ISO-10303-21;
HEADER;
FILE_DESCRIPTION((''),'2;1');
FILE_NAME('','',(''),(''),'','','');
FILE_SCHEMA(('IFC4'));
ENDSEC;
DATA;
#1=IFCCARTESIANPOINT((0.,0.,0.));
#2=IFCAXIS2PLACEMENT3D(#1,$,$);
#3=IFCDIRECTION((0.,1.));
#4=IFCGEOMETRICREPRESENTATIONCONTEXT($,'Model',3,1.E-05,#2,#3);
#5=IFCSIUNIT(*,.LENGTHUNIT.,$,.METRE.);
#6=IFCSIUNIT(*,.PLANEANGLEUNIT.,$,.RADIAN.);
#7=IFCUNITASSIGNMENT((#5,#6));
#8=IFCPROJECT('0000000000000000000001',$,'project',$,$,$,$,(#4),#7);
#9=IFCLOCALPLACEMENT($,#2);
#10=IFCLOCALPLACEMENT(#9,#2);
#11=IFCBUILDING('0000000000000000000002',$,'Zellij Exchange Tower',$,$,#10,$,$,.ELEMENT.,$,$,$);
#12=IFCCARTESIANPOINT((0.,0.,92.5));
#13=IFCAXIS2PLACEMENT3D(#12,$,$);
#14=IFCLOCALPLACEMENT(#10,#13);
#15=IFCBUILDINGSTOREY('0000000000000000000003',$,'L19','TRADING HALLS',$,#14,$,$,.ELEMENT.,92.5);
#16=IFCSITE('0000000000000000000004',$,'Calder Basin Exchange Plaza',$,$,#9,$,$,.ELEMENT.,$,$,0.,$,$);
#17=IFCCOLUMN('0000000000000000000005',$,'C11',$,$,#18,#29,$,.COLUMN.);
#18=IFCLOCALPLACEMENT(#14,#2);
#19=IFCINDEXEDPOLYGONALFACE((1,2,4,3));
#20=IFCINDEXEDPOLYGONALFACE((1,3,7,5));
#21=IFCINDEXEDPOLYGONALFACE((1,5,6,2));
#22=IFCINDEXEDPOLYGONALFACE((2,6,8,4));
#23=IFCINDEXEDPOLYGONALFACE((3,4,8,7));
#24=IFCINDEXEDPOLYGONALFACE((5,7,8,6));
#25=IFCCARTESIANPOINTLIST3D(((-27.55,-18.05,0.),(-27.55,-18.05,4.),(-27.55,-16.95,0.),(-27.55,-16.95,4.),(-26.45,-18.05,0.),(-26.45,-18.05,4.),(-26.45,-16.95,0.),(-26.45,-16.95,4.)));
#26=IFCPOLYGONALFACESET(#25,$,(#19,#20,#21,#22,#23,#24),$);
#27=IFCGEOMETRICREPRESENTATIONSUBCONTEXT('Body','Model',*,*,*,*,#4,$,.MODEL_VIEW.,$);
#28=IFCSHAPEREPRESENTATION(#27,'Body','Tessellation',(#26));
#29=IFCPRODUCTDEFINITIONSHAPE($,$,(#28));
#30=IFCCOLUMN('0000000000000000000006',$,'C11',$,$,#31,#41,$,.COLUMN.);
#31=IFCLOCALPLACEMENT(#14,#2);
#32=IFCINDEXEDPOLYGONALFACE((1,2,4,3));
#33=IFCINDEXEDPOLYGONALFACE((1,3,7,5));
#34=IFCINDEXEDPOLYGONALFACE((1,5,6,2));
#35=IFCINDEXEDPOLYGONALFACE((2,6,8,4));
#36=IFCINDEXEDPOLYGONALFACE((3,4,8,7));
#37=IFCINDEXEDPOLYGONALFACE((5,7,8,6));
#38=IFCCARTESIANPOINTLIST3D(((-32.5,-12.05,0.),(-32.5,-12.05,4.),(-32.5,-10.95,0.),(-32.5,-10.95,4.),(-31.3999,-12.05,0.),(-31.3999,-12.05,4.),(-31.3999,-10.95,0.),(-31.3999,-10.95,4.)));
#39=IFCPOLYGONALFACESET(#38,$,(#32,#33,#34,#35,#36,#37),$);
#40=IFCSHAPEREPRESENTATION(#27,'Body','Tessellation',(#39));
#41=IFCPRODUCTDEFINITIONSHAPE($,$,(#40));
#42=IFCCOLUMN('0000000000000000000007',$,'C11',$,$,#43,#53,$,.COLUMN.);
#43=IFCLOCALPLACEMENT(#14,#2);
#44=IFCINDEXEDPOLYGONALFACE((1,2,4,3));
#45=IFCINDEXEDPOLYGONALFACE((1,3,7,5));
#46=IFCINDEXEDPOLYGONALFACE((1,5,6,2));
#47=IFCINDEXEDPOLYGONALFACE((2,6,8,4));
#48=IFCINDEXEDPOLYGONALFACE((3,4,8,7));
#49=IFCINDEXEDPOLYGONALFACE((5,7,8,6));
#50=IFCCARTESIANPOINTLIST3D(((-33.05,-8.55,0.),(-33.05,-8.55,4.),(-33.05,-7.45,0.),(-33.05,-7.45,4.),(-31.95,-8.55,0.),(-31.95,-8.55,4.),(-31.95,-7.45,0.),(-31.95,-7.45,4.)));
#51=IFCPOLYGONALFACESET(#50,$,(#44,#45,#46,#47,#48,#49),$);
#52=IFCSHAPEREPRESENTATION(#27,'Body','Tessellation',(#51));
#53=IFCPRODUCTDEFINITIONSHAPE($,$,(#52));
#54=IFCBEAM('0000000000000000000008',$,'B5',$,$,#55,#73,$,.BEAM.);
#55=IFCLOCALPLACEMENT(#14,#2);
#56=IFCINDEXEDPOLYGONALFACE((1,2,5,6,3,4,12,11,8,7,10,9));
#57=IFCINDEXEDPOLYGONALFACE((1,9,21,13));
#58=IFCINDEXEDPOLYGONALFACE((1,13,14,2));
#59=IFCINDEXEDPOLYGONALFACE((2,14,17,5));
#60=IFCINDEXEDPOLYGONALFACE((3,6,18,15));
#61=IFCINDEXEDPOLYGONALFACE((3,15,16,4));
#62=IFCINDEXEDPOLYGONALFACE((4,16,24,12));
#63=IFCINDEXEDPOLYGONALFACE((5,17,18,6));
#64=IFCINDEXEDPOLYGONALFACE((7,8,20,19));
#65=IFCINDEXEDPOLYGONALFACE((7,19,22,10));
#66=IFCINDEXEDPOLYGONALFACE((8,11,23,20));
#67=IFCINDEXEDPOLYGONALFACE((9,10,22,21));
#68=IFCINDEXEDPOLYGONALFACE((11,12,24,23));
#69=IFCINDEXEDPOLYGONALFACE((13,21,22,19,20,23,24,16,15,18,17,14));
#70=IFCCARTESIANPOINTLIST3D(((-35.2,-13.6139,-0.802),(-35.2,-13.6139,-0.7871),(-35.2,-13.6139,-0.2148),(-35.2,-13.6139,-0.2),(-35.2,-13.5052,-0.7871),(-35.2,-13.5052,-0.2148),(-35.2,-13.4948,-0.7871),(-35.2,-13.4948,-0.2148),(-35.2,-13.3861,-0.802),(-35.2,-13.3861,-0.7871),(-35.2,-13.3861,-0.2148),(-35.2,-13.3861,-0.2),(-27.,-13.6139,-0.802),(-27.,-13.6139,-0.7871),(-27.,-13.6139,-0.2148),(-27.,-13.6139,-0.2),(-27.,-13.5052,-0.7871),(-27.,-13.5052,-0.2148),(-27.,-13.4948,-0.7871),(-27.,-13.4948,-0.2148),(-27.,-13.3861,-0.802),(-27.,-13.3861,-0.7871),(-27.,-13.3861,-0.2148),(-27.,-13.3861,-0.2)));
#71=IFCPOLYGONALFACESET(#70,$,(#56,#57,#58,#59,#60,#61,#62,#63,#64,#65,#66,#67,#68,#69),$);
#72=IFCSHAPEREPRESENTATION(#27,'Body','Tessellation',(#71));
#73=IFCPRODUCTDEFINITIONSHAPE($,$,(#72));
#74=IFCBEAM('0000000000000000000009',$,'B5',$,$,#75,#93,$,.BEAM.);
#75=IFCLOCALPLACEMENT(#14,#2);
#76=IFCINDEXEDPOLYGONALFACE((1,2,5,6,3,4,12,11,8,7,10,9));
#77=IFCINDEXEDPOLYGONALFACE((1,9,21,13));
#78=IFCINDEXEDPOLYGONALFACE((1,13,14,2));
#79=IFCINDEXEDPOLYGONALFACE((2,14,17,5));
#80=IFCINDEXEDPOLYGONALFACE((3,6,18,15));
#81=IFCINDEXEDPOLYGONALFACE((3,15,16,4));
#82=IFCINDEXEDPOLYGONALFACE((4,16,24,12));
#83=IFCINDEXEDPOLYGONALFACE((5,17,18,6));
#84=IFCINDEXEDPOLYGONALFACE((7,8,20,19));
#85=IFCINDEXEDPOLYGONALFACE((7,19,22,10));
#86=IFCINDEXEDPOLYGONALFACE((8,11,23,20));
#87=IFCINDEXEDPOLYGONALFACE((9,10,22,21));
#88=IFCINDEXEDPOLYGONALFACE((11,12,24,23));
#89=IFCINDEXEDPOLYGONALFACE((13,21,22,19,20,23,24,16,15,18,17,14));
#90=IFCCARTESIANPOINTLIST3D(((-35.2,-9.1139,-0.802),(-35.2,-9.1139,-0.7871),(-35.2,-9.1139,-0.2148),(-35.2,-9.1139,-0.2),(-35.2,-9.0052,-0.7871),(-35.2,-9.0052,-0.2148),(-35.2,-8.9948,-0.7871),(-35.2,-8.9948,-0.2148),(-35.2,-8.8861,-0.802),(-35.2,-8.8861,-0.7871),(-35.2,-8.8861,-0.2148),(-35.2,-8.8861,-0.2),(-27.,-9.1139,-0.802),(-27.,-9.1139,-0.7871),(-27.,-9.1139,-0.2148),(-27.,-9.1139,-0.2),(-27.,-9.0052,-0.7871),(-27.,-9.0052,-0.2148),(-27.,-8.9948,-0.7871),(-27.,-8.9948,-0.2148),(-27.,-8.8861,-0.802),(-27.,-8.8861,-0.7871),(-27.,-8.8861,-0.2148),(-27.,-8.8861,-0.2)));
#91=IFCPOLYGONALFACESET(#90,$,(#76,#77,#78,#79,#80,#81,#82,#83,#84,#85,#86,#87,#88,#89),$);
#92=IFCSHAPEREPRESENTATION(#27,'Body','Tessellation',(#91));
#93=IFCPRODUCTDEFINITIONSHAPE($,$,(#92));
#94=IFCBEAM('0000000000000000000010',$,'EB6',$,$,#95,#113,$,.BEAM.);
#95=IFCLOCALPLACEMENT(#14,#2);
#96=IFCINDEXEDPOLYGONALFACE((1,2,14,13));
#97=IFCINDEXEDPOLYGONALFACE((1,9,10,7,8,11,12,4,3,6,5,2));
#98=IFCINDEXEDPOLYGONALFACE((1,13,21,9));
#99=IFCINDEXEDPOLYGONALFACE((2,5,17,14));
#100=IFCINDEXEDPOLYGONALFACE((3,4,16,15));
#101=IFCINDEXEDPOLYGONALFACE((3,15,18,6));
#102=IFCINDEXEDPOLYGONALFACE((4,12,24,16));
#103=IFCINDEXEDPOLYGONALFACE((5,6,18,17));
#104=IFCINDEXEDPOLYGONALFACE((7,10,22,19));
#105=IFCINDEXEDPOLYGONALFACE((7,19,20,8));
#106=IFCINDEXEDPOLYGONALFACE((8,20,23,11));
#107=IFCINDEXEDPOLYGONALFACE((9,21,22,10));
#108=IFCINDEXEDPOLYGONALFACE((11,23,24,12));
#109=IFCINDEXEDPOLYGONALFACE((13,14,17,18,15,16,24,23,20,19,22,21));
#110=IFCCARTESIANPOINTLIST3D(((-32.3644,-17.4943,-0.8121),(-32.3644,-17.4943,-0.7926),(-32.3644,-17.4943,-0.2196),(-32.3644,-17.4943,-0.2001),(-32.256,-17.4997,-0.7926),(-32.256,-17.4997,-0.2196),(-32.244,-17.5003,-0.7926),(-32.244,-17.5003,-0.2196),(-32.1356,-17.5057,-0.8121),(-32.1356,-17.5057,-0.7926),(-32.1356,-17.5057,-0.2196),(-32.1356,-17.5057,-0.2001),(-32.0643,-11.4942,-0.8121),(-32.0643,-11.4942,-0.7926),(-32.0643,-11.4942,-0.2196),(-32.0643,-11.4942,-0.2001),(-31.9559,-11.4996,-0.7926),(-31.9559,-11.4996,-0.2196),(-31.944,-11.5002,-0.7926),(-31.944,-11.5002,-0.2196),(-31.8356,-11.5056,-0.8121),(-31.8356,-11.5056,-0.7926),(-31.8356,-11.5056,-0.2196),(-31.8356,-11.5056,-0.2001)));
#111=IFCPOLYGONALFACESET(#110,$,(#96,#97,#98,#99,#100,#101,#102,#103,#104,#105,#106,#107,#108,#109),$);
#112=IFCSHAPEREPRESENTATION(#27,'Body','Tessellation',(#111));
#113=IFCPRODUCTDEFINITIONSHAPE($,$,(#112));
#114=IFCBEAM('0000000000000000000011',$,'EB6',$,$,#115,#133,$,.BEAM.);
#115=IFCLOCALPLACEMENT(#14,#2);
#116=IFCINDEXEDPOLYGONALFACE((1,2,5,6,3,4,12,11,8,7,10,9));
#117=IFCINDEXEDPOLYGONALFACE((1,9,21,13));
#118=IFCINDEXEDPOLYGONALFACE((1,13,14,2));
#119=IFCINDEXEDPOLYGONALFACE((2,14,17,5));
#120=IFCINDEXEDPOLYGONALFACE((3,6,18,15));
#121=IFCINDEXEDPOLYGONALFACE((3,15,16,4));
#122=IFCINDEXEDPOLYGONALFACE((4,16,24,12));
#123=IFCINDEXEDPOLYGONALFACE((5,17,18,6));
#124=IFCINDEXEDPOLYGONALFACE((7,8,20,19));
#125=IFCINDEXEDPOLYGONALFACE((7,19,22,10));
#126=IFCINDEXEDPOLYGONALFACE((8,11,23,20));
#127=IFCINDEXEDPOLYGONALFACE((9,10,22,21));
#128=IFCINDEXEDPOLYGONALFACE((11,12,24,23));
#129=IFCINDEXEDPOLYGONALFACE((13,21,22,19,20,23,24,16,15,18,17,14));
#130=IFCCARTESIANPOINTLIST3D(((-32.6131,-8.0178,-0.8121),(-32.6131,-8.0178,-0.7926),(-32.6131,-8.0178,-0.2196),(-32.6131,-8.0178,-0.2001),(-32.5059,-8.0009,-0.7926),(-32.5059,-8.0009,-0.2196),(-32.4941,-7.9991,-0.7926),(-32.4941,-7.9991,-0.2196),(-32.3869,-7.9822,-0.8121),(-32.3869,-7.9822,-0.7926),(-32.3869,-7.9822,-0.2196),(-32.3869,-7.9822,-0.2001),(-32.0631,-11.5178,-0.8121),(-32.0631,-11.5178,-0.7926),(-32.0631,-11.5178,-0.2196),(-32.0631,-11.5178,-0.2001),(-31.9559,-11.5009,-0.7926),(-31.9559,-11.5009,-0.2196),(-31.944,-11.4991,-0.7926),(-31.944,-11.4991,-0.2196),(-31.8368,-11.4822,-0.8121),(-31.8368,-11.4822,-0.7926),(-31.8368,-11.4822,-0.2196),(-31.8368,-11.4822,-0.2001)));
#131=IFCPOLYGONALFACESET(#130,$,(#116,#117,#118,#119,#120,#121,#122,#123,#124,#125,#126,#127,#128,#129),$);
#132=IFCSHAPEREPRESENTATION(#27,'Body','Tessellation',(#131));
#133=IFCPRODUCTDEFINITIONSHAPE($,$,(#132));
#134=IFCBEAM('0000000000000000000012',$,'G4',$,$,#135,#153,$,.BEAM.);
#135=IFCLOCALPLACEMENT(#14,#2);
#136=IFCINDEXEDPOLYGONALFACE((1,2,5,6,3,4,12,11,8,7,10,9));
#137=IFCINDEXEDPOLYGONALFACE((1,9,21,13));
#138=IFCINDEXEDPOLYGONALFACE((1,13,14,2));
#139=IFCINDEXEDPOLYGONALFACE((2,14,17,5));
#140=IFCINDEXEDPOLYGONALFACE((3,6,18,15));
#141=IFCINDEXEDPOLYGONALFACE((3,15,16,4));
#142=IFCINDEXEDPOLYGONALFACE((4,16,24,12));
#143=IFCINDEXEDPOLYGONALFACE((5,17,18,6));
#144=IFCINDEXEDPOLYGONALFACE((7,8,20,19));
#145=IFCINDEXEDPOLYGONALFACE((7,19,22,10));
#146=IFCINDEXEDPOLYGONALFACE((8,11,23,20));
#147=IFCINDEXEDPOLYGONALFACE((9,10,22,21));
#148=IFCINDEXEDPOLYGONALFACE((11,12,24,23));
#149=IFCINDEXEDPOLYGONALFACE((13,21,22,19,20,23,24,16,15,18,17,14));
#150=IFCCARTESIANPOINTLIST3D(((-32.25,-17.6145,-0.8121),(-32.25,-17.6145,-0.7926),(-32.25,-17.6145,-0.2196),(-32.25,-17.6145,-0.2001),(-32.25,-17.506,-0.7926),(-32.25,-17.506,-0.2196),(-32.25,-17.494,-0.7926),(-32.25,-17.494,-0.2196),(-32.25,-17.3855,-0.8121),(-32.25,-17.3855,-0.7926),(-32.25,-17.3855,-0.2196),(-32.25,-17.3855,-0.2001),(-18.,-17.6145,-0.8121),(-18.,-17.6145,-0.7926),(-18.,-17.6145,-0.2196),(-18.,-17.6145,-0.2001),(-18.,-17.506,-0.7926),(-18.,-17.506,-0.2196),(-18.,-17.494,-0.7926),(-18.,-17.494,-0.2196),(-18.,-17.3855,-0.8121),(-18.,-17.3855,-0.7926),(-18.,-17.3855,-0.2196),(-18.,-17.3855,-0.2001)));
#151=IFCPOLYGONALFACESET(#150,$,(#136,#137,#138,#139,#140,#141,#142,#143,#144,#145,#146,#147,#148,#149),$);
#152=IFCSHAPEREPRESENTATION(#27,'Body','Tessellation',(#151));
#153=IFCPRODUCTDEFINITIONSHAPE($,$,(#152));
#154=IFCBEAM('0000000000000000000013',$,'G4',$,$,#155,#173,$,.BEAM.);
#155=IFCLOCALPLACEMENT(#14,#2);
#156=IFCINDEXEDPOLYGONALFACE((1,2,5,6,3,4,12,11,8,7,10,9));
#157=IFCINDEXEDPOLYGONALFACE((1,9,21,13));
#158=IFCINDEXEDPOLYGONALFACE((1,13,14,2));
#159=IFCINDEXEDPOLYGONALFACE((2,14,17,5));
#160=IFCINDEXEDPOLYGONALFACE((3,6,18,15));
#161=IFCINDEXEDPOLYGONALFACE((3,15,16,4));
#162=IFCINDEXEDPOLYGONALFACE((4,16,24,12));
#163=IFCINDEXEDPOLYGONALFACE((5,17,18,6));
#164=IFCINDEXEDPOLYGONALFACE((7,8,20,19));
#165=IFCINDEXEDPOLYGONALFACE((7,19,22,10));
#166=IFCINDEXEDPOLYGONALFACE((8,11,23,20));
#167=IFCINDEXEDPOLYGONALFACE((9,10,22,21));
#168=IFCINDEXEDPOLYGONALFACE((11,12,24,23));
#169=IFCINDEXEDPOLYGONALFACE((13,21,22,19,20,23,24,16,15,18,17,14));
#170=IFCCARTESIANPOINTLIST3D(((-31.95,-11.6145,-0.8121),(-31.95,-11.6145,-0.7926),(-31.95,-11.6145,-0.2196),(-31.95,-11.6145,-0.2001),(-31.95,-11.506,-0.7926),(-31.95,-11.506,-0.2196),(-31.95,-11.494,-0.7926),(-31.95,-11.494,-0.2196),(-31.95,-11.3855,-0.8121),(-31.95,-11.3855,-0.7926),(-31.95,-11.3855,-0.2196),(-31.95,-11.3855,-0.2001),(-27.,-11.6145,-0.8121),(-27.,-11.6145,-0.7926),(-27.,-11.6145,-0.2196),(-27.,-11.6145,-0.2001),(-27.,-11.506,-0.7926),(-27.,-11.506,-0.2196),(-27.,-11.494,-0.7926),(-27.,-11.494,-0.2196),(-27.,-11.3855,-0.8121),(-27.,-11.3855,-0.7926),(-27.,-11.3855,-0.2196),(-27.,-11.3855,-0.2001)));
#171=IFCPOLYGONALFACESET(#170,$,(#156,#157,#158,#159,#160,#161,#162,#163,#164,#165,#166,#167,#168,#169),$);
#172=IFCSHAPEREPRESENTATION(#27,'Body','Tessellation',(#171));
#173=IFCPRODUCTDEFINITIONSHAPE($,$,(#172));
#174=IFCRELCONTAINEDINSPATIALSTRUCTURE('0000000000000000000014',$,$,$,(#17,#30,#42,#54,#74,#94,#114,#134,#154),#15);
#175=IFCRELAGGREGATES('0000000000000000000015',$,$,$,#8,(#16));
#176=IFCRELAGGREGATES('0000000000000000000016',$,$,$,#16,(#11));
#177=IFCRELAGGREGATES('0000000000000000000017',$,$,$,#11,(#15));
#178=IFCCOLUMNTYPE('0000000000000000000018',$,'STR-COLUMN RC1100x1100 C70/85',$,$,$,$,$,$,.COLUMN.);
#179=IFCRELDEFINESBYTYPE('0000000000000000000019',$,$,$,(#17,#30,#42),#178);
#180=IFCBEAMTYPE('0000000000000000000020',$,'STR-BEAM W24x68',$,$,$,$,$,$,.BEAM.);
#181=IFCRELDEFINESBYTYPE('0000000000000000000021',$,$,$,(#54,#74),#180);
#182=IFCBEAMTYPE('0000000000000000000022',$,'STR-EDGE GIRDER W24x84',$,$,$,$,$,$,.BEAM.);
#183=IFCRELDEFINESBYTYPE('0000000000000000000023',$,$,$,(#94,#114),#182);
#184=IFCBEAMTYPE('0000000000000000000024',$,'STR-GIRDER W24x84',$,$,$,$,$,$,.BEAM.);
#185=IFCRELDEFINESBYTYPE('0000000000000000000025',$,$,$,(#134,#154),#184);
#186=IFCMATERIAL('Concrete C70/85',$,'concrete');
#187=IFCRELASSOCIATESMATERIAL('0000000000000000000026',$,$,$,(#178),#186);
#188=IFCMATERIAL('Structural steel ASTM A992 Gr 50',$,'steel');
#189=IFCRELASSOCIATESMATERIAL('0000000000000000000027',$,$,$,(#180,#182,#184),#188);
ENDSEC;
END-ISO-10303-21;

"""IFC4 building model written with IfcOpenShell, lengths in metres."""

from ifc_helpers import new_model, si_unit, direction, frame, origin, origin_2d, place, context, subcontext, project, spatial, rectangle, i_section, extrude, material, material_profile, profile_set, type_object, element, save


model = new_model("IFC4")

# Units and contexts
model_context = context("Model", 3, precision=1e-05, world=origin(), true_north=direction((0.0, 1.0)))
body_context = subcontext(model_context, "Body", "Model", "MODEL_VIEW")
ifc_project = project(units=[si_unit("LENGTHUNIT", "METRE"), si_unit("PLANEANGLEUNIT", "RADIAN")], contexts=[model_context])

# Site, building, storey
site_placement = place(None, origin())
site = spatial("IfcSite", under=ifc_project, at=site_placement, Name="Calder Basin Exchange Plaza", CompositionType="ELEMENT", RefElevation=0.0)
building_placement = place(site_placement, origin())
building = spatial("IfcBuilding", under=site, at=building_placement, Name="Zellij Exchange Tower", CompositionType="ELEMENT")
storey_placement = place(building_placement, frame((0.0, 0.0, 92.5)))
storey = spatial("IfcBuildingStorey", under=building, at=storey_placement, Name="L19", Description="TRADING HALLS", CompositionType="ELEMENT", Elevation=92.5)

# Columns
ifc_material_1 = material(Name="Concrete C70/85", Category="concrete")
ifc_material_profile_1 = material_profile(ifc_material_1, rectangle(XDim=1.1001, YDim=1.1001, at=origin_2d()), Name="STR-COLUMN RC1100x1100 C70/85")
ifc_profile_set_1 = profile_set([ifc_material_profile_1], Name="Concrete C70/85")
column_type = type_object("IfcColumnType", Name="STR-COLUMN RC1100x1100 C70/85", PredefinedType="COLUMN", material=ifc_profile_set_1)
for number, where, z_axis, x_axis, name in (
    (1, (-27.0, -17.5, 0.0), (0.0, 0.0, 1.0), (1.0, 0.0, 0.0), "C11"),
    (2, (-31.95, -11.5, 0.0), (0.0, 0.0, 1.0), (1.0, 0.0, 0.0), "C11"),
    (3, (-32.5, -8.0, 0.0), (0.0, 0.0, 1.0), (1.0, 0.0, 0.0), "C11"),
):
    element("IfcColumn", number, at=place(storey_placement, frame(where, z_axis=z_axis, x_axis=x_axis)), inside=storey, type_object=column_type, Name=name, PredefinedType="COLUMN", context=body_context, shape_type="SweptSolid", body=[
        extrude(rectangle(XDim=1.1001, YDim=1.1001, at=origin_2d()), origin(), (0.0, 0.0, 1.0), 4.0),
    ])

# Beams
ifc_material_2 = material(Name="Structural steel ASTM A992 Gr 50", Category="steel")
ifc_material_profile_2 = material_profile(ifc_material_2, i_section(OverallWidth=0.2278, OverallDepth=0.6021, WebThickness=0.0105, FlangeThickness=0.0149, at=origin_2d()), Name="W24x68")
ifc_profile_set_2 = profile_set([ifc_material_profile_2], Name="Structural steel ASTM A992 Gr 50")
beam_type_1 = type_object("IfcBeamType", Name="STR-BEAM W24x68", PredefinedType="BEAM", material=ifc_profile_set_2)
for number, where, z_axis, x_axis, name in (
    (4, (-35.2, -13.5, -0.501), (1.0, 0.0, 0.0), (0.0, 1.0, 0.0), "B5"),
    (5, (-35.2, -9.0, -0.501), (1.0, 0.0, 0.0), (0.0, 1.0, 0.0), "B5"),
):
    element("IfcBeam", number, at=place(storey_placement, frame(where, z_axis=z_axis, x_axis=x_axis)), inside=storey, type_object=beam_type_1, Name=name, PredefinedType="BEAM", context=body_context, shape_type="SweptSolid", body=[
        extrude(i_section(OverallWidth=0.2278, OverallDepth=0.6021, WebThickness=0.0105, FlangeThickness=0.0149, at=origin_2d()), origin(), (0.0, 0.0, 1.0), 8.2),
    ])
ifc_material_profile_3 = material_profile(ifc_material_2, i_section(OverallWidth=0.229, OverallDepth=0.6121, WebThickness=0.012, FlangeThickness=0.0195, at=origin_2d()), Name="W24x84")
ifc_profile_set_3 = profile_set([ifc_material_profile_3], Name="Structural steel ASTM A992 Gr 50")
beam_type_2 = type_object("IfcBeamType", Name="STR-EDGE GIRDER W24x84", PredefinedType="BEAM", material=ifc_profile_set_3)
beam_1_placement = place(storey_placement, frame((-32.25, -17.5, -0.5061), z_axis=(0.049946, 0.998752, 0.0), x_axis=(-0.998752, 0.049946, 0.0)))
element("IfcBeam", 6, at=beam_1_placement, inside=storey, type_object=beam_type_2, Name="EB6", PredefinedType="BEAM", context=body_context, shape_type="SweptSolid", body=[
    extrude(i_section(OverallWidth=0.229, OverallDepth=0.6121, WebThickness=0.012, FlangeThickness=0.0195, at=origin_2d()), origin(), (0.0, 0.0, 1.0), 6.0076),
])
beam_2_placement = place(storey_placement, frame((-31.95, -11.5, -0.5061), z_axis=(-0.155251, 0.987875, 0.0), x_axis=(-0.987875, -0.155251, 0.0)))
element("IfcBeam", 7, at=beam_2_placement, inside=storey, type_object=beam_type_2, Name="EB6", PredefinedType="BEAM", context=body_context, shape_type="SweptSolid", body=[
    extrude(i_section(OverallWidth=0.229, OverallDepth=0.6121, WebThickness=0.012, FlangeThickness=0.0195, at=origin_2d()), origin(), (0.0, 0.0, 1.0), 3.543),
])
ifc_material_profile_4 = material_profile(ifc_material_2, i_section(OverallWidth=0.229, OverallDepth=0.6121, WebThickness=0.012, FlangeThickness=0.0195, at=origin_2d()), Name="W24x84")
ifc_profile_set_4 = profile_set([ifc_material_profile_4], Name="Structural steel ASTM A992 Gr 50")
beam_type_3 = type_object("IfcBeamType", Name="STR-GIRDER W24x84", PredefinedType="BEAM", material=ifc_profile_set_4)
beam_3_placement = place(storey_placement, frame((-32.25, -17.5, -0.5061), z_axis=(1.0, 0.0, 0.0), x_axis=(0.0, 1.0, 0.0)))
element("IfcBeam", 8, at=beam_3_placement, inside=storey, type_object=beam_type_3, Name="G4", PredefinedType="BEAM", context=body_context, shape_type="SweptSolid", body=[
    extrude(i_section(OverallWidth=0.229, OverallDepth=0.6121, WebThickness=0.012, FlangeThickness=0.0195, at=origin_2d()), origin(), (0.0, 0.0, 1.0), 14.25),
])
beam_4_placement = place(storey_placement, frame((-31.95, -11.5, -0.5061), z_axis=(1.0, 0.0, 0.0), x_axis=(0.0, 1.0, 0.0)))
element("IfcBeam", 9, at=beam_4_placement, inside=storey, type_object=beam_type_3, Name="G4", PredefinedType="BEAM", context=body_context, shape_type="SweptSolid", body=[
    extrude(i_section(OverallWidth=0.229, OverallDepth=0.6121, WebThickness=0.012, FlangeThickness=0.0195, at=origin_2d()), origin(), (0.0, 0.0, 1.0), 4.95),
])

save(model, "model.ifc")
